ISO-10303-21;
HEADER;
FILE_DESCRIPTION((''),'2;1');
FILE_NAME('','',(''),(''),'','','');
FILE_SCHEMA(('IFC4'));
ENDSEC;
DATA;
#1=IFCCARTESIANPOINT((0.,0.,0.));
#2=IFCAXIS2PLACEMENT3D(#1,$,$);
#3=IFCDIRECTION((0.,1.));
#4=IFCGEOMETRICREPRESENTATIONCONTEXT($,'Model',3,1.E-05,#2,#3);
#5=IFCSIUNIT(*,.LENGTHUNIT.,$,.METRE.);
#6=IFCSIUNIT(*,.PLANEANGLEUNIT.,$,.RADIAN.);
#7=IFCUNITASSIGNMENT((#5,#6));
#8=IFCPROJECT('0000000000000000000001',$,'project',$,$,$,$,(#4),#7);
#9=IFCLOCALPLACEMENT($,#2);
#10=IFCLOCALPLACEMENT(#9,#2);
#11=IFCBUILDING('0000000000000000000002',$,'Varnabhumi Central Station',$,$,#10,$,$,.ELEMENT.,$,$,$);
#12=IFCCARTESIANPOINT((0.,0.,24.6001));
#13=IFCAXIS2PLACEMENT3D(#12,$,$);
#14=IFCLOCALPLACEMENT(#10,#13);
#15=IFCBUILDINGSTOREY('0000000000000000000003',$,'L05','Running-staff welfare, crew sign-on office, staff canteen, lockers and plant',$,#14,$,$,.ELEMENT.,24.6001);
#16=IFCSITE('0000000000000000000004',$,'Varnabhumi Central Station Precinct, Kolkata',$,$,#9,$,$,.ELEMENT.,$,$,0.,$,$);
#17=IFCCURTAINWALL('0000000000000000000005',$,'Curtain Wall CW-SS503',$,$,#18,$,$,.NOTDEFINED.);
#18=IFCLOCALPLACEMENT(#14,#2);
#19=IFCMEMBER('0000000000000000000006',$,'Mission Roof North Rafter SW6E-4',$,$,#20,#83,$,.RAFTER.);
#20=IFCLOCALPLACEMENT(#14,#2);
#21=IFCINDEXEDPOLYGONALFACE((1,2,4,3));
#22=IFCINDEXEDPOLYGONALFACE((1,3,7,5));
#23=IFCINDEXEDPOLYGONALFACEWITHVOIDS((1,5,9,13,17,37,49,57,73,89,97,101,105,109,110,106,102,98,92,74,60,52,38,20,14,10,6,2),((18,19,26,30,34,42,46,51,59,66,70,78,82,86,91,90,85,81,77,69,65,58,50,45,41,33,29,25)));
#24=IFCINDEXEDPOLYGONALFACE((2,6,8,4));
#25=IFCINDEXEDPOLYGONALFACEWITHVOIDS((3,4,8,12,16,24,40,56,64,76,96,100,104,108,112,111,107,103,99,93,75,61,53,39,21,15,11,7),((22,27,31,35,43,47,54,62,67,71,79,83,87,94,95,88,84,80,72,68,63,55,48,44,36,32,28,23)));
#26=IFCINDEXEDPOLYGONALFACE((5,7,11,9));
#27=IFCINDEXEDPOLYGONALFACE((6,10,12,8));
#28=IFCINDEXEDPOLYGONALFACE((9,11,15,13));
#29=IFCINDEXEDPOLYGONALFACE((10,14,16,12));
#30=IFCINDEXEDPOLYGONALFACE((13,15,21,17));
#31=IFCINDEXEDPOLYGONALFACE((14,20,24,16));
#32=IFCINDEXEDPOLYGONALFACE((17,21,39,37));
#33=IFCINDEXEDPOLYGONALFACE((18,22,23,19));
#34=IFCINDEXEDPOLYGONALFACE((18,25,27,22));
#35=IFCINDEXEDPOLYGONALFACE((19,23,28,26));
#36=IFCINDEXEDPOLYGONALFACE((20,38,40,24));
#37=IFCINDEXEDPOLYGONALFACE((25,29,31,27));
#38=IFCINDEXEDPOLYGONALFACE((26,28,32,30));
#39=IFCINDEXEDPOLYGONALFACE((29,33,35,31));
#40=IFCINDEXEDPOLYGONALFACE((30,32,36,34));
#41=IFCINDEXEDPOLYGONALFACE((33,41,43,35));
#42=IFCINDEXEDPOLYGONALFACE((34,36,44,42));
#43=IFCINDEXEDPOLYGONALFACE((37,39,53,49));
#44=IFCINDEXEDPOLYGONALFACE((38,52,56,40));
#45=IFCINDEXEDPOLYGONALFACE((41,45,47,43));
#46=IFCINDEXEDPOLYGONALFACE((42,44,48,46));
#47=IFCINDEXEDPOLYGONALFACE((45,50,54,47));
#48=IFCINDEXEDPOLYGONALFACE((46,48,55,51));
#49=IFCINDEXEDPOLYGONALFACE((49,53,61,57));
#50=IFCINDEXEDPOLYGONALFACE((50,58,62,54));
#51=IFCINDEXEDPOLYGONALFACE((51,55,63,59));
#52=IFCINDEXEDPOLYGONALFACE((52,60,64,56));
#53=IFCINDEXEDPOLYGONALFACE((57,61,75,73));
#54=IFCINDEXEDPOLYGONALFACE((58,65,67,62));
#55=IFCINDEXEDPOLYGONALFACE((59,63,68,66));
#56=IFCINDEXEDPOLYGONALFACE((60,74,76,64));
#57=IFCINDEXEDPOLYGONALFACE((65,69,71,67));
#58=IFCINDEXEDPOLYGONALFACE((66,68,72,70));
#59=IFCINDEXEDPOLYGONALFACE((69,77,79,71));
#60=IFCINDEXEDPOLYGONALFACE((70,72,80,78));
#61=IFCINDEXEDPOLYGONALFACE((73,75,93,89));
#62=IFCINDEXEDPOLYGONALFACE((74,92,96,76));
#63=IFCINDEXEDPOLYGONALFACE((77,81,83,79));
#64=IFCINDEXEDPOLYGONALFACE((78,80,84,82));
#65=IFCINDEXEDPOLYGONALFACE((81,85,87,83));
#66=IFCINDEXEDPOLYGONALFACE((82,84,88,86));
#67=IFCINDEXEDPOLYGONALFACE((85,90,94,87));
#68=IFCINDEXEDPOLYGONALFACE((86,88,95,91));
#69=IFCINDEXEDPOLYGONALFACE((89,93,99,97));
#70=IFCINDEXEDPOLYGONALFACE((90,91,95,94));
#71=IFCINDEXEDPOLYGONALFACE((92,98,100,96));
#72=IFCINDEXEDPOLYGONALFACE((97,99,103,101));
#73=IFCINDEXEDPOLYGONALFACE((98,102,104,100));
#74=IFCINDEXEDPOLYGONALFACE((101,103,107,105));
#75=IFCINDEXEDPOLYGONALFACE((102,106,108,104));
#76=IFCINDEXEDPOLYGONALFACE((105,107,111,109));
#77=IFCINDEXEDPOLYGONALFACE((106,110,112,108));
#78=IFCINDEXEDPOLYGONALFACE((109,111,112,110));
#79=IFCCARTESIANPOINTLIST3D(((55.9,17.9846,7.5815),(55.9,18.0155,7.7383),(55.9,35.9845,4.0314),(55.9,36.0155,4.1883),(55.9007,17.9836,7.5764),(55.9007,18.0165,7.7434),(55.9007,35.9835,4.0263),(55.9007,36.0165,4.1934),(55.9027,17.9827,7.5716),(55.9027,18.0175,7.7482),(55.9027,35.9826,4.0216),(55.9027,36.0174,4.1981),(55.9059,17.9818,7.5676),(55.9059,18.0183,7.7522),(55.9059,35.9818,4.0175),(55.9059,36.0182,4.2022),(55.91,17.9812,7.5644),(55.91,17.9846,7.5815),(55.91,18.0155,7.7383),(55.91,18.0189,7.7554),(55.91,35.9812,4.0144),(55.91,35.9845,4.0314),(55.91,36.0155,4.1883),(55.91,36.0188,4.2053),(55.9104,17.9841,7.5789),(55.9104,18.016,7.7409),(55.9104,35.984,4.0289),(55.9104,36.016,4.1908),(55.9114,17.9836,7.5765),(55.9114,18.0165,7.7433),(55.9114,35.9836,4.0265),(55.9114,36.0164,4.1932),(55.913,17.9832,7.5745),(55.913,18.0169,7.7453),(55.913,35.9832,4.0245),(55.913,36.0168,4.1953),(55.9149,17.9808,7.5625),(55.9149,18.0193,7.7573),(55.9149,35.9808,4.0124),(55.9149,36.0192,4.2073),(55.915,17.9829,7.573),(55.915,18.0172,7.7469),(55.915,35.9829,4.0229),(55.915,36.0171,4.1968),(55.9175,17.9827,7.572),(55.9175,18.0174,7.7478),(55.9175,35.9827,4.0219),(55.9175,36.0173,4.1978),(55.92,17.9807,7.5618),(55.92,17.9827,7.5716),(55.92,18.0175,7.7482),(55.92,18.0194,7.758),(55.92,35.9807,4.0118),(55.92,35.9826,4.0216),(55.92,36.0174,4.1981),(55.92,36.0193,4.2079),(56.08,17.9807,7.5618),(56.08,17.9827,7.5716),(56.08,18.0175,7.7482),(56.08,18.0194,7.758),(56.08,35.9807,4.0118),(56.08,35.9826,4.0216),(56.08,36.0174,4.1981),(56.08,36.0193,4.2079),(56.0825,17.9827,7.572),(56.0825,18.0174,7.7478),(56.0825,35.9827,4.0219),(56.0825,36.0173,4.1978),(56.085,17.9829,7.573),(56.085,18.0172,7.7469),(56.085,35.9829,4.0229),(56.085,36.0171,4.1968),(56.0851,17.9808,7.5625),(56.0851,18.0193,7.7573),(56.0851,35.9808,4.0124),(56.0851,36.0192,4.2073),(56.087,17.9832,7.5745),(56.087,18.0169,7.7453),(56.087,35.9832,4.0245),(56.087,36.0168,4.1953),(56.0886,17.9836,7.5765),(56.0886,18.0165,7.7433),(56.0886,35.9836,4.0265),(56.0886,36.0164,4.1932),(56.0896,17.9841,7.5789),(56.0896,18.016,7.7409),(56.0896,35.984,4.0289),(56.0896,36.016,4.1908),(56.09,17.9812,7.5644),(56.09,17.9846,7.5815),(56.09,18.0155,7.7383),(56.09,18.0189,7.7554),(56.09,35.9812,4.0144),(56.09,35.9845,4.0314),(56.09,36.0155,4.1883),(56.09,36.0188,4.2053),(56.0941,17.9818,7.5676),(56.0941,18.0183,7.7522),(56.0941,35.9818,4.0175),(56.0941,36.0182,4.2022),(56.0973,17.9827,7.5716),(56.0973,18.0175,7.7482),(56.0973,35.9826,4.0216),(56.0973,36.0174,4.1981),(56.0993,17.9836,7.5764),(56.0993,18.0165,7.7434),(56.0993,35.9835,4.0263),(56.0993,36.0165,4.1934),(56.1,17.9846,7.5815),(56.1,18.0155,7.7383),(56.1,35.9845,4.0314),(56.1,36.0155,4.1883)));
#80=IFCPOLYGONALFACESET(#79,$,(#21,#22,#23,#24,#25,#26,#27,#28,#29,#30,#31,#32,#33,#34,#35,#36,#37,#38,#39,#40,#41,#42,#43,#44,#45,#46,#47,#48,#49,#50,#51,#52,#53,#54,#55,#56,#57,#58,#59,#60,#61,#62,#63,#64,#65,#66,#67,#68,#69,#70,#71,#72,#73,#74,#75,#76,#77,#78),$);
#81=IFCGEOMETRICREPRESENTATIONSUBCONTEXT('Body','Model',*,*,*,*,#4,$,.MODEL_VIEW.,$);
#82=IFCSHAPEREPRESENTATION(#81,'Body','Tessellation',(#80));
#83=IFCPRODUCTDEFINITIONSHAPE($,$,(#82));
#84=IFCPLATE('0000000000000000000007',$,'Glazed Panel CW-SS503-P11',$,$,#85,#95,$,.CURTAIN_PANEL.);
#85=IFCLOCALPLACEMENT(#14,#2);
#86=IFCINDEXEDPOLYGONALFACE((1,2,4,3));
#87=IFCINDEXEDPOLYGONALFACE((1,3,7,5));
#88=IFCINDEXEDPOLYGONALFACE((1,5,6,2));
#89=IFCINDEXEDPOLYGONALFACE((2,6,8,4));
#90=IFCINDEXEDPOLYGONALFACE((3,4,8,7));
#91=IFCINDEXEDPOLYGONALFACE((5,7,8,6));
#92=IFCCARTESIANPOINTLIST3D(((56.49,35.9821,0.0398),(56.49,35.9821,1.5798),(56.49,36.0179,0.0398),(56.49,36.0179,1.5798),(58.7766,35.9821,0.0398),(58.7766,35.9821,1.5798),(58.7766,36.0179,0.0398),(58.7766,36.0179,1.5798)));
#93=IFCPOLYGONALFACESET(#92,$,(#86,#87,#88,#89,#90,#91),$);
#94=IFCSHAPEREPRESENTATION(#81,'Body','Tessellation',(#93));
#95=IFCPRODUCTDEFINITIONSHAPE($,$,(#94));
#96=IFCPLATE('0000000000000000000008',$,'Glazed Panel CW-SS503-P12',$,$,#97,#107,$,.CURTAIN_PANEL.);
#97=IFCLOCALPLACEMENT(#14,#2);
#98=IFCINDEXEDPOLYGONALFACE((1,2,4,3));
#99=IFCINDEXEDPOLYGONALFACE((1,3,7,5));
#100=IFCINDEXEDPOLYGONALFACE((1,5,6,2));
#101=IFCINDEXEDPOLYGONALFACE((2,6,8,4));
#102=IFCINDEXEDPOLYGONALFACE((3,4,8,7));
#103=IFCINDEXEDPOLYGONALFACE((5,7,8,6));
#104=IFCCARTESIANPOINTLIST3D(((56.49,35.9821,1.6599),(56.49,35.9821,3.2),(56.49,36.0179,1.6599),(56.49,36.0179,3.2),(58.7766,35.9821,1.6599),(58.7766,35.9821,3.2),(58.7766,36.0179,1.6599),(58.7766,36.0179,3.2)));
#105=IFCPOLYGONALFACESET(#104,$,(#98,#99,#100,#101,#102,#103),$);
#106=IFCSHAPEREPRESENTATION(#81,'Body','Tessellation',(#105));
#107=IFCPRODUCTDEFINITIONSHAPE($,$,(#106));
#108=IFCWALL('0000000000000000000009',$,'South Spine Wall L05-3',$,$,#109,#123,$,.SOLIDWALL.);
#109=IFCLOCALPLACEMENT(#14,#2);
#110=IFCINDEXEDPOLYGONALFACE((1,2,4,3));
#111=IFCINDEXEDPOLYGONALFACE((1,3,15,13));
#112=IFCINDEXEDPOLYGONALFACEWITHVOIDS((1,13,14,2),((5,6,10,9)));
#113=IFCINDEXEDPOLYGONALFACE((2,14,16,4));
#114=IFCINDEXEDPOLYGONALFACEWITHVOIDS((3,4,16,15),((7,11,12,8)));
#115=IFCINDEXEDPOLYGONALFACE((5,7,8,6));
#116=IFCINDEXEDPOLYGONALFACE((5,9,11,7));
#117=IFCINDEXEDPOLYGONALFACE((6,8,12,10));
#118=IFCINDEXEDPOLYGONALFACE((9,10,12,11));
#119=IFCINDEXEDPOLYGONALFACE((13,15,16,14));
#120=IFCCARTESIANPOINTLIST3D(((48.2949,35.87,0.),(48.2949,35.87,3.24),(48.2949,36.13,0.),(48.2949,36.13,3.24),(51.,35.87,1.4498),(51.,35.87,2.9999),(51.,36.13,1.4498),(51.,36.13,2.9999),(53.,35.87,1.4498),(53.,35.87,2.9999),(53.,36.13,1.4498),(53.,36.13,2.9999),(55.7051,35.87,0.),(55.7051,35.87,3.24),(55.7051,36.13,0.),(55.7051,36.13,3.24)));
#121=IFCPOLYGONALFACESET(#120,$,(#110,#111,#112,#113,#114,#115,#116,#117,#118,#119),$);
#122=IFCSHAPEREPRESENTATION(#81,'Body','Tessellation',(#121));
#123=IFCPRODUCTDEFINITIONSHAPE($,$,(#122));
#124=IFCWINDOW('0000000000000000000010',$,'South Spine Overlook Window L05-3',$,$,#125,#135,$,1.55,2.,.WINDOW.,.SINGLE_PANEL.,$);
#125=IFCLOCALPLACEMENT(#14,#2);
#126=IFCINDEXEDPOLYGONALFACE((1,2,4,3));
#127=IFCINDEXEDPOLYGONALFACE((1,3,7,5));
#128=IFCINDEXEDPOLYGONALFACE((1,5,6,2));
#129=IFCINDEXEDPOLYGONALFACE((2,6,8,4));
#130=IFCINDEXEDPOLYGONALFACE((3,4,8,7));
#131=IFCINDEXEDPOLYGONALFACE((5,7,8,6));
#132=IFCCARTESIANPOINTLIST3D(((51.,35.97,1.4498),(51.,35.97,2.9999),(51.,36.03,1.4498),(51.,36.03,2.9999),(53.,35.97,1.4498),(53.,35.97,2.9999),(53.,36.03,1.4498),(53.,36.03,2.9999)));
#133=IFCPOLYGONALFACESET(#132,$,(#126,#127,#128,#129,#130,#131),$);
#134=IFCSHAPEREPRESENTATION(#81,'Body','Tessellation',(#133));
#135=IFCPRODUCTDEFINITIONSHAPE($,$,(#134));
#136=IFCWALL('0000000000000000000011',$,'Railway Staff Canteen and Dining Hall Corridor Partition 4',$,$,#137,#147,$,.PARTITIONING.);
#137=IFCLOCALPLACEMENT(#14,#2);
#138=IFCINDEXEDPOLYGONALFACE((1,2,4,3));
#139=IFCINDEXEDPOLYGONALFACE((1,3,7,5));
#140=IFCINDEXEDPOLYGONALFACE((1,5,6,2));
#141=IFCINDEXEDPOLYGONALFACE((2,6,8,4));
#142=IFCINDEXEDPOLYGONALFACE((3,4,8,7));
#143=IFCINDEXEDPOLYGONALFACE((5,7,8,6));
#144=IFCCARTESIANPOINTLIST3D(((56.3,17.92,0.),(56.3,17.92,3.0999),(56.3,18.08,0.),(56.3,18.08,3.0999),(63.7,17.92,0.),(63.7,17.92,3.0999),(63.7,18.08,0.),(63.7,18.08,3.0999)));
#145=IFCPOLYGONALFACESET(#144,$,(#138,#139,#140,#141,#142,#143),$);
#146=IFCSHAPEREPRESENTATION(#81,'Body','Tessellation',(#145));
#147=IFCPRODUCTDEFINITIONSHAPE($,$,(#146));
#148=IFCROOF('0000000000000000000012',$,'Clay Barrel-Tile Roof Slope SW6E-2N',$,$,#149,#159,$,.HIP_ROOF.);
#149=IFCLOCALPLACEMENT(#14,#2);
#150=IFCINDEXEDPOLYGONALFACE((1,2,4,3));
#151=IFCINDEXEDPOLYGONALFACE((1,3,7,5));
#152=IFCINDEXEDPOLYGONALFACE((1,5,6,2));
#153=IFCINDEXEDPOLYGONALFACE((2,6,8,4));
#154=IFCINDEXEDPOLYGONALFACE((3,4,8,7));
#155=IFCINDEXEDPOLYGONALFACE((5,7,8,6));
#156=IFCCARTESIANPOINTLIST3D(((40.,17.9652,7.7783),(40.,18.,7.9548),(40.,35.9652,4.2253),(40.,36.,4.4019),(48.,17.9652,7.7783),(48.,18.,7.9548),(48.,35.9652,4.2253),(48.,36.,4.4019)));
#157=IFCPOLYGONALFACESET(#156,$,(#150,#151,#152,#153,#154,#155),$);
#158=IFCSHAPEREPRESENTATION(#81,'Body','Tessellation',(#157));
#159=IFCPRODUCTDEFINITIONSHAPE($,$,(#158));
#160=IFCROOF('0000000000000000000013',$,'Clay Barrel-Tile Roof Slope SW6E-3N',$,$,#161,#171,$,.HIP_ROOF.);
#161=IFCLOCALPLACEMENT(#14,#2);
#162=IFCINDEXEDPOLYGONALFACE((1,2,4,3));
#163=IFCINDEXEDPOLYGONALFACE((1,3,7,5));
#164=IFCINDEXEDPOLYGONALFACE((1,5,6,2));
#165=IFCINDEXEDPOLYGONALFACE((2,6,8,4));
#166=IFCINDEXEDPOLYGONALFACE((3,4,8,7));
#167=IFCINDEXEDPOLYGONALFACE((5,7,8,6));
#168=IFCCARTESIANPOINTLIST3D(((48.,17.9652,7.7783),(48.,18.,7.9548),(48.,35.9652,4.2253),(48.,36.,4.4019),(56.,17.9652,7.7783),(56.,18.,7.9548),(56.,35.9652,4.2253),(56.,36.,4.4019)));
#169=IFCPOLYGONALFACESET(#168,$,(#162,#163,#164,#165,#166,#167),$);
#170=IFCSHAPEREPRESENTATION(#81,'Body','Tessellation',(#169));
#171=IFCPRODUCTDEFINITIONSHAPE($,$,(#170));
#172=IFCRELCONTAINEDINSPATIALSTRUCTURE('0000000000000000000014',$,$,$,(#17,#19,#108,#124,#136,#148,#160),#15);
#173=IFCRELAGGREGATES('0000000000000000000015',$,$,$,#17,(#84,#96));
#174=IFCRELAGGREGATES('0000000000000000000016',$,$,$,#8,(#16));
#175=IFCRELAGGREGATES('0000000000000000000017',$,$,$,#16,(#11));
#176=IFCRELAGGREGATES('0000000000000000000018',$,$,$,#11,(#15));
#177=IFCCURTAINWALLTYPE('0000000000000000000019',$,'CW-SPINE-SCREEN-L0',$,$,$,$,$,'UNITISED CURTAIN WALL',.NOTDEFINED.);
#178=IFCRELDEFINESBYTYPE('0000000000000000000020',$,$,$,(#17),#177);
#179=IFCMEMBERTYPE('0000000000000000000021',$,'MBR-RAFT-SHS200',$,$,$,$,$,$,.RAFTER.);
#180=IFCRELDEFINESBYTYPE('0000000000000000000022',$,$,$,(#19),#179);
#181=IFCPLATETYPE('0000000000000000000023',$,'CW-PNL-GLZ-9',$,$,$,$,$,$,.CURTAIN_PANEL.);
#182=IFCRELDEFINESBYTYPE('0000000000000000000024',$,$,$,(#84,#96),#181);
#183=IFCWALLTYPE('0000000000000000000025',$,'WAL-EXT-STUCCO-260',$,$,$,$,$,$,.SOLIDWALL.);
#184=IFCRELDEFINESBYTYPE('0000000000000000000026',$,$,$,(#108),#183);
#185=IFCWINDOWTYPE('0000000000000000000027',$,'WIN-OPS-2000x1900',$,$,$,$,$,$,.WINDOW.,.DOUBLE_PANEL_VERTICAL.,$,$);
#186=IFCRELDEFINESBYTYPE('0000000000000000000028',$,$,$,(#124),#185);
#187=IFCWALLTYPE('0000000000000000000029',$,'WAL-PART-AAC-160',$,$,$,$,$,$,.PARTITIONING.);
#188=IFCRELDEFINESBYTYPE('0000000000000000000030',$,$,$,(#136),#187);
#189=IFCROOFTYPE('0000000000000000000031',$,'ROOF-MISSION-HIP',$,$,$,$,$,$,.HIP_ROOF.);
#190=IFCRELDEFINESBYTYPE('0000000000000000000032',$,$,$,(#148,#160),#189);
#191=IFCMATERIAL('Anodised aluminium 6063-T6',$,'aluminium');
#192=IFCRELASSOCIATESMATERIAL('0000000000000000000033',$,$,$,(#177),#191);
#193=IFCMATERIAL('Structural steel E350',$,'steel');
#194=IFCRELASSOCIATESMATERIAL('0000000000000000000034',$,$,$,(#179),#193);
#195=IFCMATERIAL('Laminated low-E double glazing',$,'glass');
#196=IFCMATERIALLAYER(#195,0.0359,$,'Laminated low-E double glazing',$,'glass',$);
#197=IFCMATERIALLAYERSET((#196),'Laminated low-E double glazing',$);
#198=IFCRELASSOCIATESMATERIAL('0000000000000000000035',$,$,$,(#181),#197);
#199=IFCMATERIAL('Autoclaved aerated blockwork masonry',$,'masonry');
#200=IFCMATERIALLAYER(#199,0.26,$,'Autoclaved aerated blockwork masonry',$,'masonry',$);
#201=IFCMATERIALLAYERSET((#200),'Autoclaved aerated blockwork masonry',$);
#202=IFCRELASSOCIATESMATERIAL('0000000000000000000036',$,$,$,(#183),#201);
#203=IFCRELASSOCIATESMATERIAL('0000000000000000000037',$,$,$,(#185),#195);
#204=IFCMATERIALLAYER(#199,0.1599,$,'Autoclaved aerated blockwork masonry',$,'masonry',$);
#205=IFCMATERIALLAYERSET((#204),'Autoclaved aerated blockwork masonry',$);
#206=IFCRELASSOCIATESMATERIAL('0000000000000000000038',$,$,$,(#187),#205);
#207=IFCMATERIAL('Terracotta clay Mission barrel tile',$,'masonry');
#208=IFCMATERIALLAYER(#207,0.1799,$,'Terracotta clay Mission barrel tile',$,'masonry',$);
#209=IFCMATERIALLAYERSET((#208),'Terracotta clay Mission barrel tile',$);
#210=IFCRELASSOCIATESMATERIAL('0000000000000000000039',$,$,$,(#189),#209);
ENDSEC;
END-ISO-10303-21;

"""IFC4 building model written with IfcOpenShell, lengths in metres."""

from ifc_helpers import new_model, si_unit, direction, frame, frame_2d, origin, origin_2d, place, context, subcontext, project, spatial, polyline, rectangle, hollow_rectangle, outline, extrude, material, layer, layer_set, material_profile, profile_set, type_object, element, fill, aggregate, save


model = new_model("IFC4")

# Units and contexts
model_context = context("Model", 3, precision=1e-05, world=origin(), true_north=direction((0.0, 1.0)))
body_context = subcontext(model_context, "Body", "Model", "MODEL_VIEW")
ifc_project = project(units=[si_unit("LENGTHUNIT", "METRE"), si_unit("PLANEANGLEUNIT", "RADIAN")], contexts=[model_context])

# Site, building, storey
site_placement = place(None, origin())
site = spatial("IfcSite", under=ifc_project, at=site_placement, Name="Varnabhumi Central Station Precinct, Kolkata", CompositionType="ELEMENT", RefElevation=0.0)
building_placement = place(site_placement, origin())
building = spatial("IfcBuilding", under=site, at=building_placement, Name="Varnabhumi Central Station", CompositionType="ELEMENT")
storey_placement = place(building_placement, frame((0.0, 0.0, 24.6001)))
storey = spatial("IfcBuildingStorey", under=building, at=storey_placement, Name="L05", Description="Running-staff welfare, crew sign-on office, staff canteen, lockers and plant", CompositionType="ELEMENT", Elevation=24.6001)

# Shared definitions
ifc_material_1 = material(Name="Structural steel E350", Category="steel")

# Curtain wall
ifc_material_2 = material(Name="Anodised aluminium 6063-T6", Category="aluminium")
curtain_wall_type = type_object("IfcCurtainWallType", Name="CW-SPINE-SCREEN-L0", ElementType="UNITISED CURTAIN WALL", PredefinedType="NOTDEFINED", material=ifc_material_2)
curtain_wall_placement = place(storey_placement, origin())
curtain_wall = element("IfcCurtainWall", 1, at=curtain_wall_placement, inside=storey, type_object=curtain_wall_type, Name="Curtain Wall CW-SS503", PredefinedType="NOTDEFINED")

# Member
ifc_material_profile_1 = material_profile(ifc_material_1, hollow_rectangle(XDim=0.2, YDim=0.2, WallThickness=0.01, InnerFilletRadius=0.01, OuterFilletRadius=0.02, at=origin_2d()), Name="Structural steel E350", Category="steel")
ifc_profile_set_1 = profile_set([ifc_material_profile_1], Name="Structural steel E350")
member_type_1 = type_object("IfcMemberType", Name="MBR-RAFT-SHS200", PredefinedType="RAFTER", material=ifc_profile_set_1)
for number, where, z_axis, x_axis, name in (
    (2, (56.0, 36.0, 4.1099), (0.0, -0.981101, 0.193498), (1.0, 0.0, 0.0), "Mission Roof North Rafter SW6E-4"),
):
    element("IfcMember", number, at=place(storey_placement, frame(where, z_axis=z_axis, x_axis=x_axis)), inside=storey, type_object=member_type_1, Name=name, PredefinedType="RAFTER", context=body_context, shape_type="SweptSolid", body=[
        extrude(hollow_rectangle(XDim=0.2, YDim=0.2, WallThickness=0.01, InnerFilletRadius=0.01, OuterFilletRadius=0.02, at=origin_2d()), origin(), (0.0, 0.0, 1.0), 18.3467),
    ])

# Plates
ifc_material_3 = material(Name="Laminated low-E double glazing", Category="glass")
ifc_layer_1 = layer(ifc_material_3, 0.0359, Name="Laminated low-E double glazing", Category="glass")
ifc_layer_set_1 = layer_set([ifc_layer_1], Name="Laminated low-E double glazing")
plate_type = type_object("IfcPlateType", Name="CW-PNL-GLZ-9", PredefinedType="CURTAIN_PANEL", material=ifc_layer_set_1)
plate_1_placement = place(storey_placement, frame((57.6333, 36.0, 0.0398), z_axis=(0.0, 0.0, 1.0), x_axis=(1.0, 0.0, 0.0)))
plate_1 = element("IfcPlate", 3, at=plate_1_placement, type_object=plate_type, Name="Glazed Panel CW-SS503-P11", PredefinedType="CURTAIN_PANEL", context=body_context, shape_type="SweptSolid", body=[
    extrude(rectangle(XDim=2.2866, YDim=0.0359, at=origin_2d()), origin(), (0.0, 0.0, 1.0), 1.54),
])
plate_2_placement = place(storey_placement, frame((57.6333, 36.0, 1.6599), z_axis=(0.0, 0.0, 1.0), x_axis=(1.0, 0.0, 0.0)))
plate_2 = element("IfcPlate", 4, at=plate_2_placement, type_object=plate_type, Name="Glazed Panel CW-SS503-P12", PredefinedType="CURTAIN_PANEL", context=body_context, shape_type="SweptSolid", body=[
    extrude(rectangle(XDim=2.2866, YDim=0.0359, at=origin_2d()), origin(), (0.0, 0.0, 1.0), 1.54),
])
aggregate(curtain_wall, [plate_1, plate_2])

# Wall, opening, window
ifc_material_4 = material(Name="Autoclaved aerated blockwork masonry", Category="masonry")
ifc_layer_2 = layer(ifc_material_4, 0.26, Name="Autoclaved aerated blockwork masonry", Category="masonry")
ifc_layer_set_2 = layer_set([ifc_layer_2], Name="Autoclaved aerated blockwork masonry")
wall_type_1 = type_object("IfcWallType", Name="WAL-EXT-STUCCO-260", PredefinedType="SOLIDWALL", material=ifc_layer_set_2)
wall_1_placement = place(storey_placement, frame((48.2949, 36.0, 0.0), z_axis=(0.0, 0.0, 1.0), x_axis=(1.0, 0.0, 0.0)))
wall_1 = element("IfcWall", 5, at=wall_1_placement, inside=storey, type_object=wall_type_1, Name="South Spine Wall L05-3", PredefinedType="SOLIDWALL", context=body_context, shape_type="SweptSolid", body=[
    extrude(rectangle(XDim=7.4102, YDim=0.26, at=frame_2d((3.7051, 0.0))), origin(), (0.0, 0.0, 1.0), 3.24),
])
opening_placement = place(wall_1_placement, frame((2.7051, 0.0, 1.45)))
opening = element("IfcOpeningElement", 6, at=opening_placement, cuts=wall_1, PredefinedType="OPENING", context=body_context, shape_type="SweptSolid", body=[
    extrude(rectangle(XDim=2.0, YDim=1.55, at=frame_2d((1.0, 0.7749))), frame((0.0, 0.1399, 0.0), z_axis=(0.0, -1.0, 0.0), x_axis=(1.0, 0.0, 0.0)), (0.0, 0.0, 1.0), 0.28),
])
window_type = type_object("IfcWindowType", Name="WIN-OPS-2000x1900", PartitioningType="DOUBLE_PANEL_VERTICAL", PredefinedType="WINDOW", material=ifc_material_3)
window_placement = place(opening_placement, origin())
window = element("IfcWindow", 7, at=window_placement, inside=storey, type_object=window_type, Name="South Spine Overlook Window L05-3", OverallHeight=1.55, OverallWidth=2.0, PartitioningType="SINGLE_PANEL", PredefinedType="WINDOW", context=body_context, shape_type="SweptSolid", body=[
    extrude(rectangle(XDim=2.0, YDim=1.55, at=frame_2d((1.0, 0.7749))), frame((0.0, 0.03, 0.0), z_axis=(0.0, -1.0, 0.0), x_axis=(1.0, 0.0, 0.0)), (0.0, 0.0, 1.0), 0.0601),
])
fill(opening, window)

# Wall
ifc_layer_3 = layer(ifc_material_4, 0.1599, Name="Autoclaved aerated blockwork masonry", Category="masonry")
ifc_layer_set_3 = layer_set([ifc_layer_3], Name="Autoclaved aerated blockwork masonry")
wall_type_2 = type_object("IfcWallType", Name="WAL-PART-AAC-160", PredefinedType="PARTITIONING", material=ifc_layer_set_3)
wall_2_placement = place(storey_placement, frame((56.3, 18.0, 0.0), z_axis=(0.0, 0.0, 1.0), x_axis=(1.0, 0.0, 0.0)))
element("IfcWall", 8, at=wall_2_placement, inside=storey, type_object=wall_type_2, Name="Railway Staff Canteen and Dining Hall Corridor Partition 4", PredefinedType="PARTITIONING", context=body_context, shape_type="SweptSolid", body=[
    extrude(rectangle(XDim=7.3999, YDim=0.1599, at=frame_2d((3.7, 0.0))), origin(), (0.0, 0.0, 1.0), 3.0999),
])

# Roofs
ifc_material_5 = material(Name="Terracotta clay Mission barrel tile", Category="masonry")
ifc_layer_4 = layer(ifc_material_5, 0.1799, Name="Terracotta clay Mission barrel tile", Category="masonry")
ifc_layer_set_4 = layer_set([ifc_layer_4], Name="Terracotta clay Mission barrel tile")
roof_type = type_object("IfcRoofType", Name="ROOF-MISSION-HIP", PredefinedType="HIP_ROOF", material=ifc_layer_set_4)
for number, where, z_axis, x_axis, name in (
    (9, (48.0, 36.0, 4.4019), (0.0, 0.193651, 0.98107), (-1.0, 0.0, 0.0), "Clay Barrel-Tile Roof Slope SW6E-2N"),
    (10, (56.0, 36.0, 4.4019), (0.0, 0.193651, 0.98107), (-1.0, 0.0, 0.0), "Clay Barrel-Tile Roof Slope SW6E-3N"),
):
    element("IfcRoof", number, at=place(storey_placement, frame(where, z_axis=z_axis, x_axis=x_axis)), inside=storey, type_object=roof_type, Name=name, PredefinedType="HIP_ROOF", context=body_context, shape_type="SweptSolid", body=[
        extrude(outline(polyline([(0.0, 0.0), (8.0, 0.0), (8.0, 18.3473), (0.0, 18.3473), (0.0, 0.0)])), origin(), (0.0, 0.0, -1.0), 0.1799),
    ])

save(model, "model.ifc")
